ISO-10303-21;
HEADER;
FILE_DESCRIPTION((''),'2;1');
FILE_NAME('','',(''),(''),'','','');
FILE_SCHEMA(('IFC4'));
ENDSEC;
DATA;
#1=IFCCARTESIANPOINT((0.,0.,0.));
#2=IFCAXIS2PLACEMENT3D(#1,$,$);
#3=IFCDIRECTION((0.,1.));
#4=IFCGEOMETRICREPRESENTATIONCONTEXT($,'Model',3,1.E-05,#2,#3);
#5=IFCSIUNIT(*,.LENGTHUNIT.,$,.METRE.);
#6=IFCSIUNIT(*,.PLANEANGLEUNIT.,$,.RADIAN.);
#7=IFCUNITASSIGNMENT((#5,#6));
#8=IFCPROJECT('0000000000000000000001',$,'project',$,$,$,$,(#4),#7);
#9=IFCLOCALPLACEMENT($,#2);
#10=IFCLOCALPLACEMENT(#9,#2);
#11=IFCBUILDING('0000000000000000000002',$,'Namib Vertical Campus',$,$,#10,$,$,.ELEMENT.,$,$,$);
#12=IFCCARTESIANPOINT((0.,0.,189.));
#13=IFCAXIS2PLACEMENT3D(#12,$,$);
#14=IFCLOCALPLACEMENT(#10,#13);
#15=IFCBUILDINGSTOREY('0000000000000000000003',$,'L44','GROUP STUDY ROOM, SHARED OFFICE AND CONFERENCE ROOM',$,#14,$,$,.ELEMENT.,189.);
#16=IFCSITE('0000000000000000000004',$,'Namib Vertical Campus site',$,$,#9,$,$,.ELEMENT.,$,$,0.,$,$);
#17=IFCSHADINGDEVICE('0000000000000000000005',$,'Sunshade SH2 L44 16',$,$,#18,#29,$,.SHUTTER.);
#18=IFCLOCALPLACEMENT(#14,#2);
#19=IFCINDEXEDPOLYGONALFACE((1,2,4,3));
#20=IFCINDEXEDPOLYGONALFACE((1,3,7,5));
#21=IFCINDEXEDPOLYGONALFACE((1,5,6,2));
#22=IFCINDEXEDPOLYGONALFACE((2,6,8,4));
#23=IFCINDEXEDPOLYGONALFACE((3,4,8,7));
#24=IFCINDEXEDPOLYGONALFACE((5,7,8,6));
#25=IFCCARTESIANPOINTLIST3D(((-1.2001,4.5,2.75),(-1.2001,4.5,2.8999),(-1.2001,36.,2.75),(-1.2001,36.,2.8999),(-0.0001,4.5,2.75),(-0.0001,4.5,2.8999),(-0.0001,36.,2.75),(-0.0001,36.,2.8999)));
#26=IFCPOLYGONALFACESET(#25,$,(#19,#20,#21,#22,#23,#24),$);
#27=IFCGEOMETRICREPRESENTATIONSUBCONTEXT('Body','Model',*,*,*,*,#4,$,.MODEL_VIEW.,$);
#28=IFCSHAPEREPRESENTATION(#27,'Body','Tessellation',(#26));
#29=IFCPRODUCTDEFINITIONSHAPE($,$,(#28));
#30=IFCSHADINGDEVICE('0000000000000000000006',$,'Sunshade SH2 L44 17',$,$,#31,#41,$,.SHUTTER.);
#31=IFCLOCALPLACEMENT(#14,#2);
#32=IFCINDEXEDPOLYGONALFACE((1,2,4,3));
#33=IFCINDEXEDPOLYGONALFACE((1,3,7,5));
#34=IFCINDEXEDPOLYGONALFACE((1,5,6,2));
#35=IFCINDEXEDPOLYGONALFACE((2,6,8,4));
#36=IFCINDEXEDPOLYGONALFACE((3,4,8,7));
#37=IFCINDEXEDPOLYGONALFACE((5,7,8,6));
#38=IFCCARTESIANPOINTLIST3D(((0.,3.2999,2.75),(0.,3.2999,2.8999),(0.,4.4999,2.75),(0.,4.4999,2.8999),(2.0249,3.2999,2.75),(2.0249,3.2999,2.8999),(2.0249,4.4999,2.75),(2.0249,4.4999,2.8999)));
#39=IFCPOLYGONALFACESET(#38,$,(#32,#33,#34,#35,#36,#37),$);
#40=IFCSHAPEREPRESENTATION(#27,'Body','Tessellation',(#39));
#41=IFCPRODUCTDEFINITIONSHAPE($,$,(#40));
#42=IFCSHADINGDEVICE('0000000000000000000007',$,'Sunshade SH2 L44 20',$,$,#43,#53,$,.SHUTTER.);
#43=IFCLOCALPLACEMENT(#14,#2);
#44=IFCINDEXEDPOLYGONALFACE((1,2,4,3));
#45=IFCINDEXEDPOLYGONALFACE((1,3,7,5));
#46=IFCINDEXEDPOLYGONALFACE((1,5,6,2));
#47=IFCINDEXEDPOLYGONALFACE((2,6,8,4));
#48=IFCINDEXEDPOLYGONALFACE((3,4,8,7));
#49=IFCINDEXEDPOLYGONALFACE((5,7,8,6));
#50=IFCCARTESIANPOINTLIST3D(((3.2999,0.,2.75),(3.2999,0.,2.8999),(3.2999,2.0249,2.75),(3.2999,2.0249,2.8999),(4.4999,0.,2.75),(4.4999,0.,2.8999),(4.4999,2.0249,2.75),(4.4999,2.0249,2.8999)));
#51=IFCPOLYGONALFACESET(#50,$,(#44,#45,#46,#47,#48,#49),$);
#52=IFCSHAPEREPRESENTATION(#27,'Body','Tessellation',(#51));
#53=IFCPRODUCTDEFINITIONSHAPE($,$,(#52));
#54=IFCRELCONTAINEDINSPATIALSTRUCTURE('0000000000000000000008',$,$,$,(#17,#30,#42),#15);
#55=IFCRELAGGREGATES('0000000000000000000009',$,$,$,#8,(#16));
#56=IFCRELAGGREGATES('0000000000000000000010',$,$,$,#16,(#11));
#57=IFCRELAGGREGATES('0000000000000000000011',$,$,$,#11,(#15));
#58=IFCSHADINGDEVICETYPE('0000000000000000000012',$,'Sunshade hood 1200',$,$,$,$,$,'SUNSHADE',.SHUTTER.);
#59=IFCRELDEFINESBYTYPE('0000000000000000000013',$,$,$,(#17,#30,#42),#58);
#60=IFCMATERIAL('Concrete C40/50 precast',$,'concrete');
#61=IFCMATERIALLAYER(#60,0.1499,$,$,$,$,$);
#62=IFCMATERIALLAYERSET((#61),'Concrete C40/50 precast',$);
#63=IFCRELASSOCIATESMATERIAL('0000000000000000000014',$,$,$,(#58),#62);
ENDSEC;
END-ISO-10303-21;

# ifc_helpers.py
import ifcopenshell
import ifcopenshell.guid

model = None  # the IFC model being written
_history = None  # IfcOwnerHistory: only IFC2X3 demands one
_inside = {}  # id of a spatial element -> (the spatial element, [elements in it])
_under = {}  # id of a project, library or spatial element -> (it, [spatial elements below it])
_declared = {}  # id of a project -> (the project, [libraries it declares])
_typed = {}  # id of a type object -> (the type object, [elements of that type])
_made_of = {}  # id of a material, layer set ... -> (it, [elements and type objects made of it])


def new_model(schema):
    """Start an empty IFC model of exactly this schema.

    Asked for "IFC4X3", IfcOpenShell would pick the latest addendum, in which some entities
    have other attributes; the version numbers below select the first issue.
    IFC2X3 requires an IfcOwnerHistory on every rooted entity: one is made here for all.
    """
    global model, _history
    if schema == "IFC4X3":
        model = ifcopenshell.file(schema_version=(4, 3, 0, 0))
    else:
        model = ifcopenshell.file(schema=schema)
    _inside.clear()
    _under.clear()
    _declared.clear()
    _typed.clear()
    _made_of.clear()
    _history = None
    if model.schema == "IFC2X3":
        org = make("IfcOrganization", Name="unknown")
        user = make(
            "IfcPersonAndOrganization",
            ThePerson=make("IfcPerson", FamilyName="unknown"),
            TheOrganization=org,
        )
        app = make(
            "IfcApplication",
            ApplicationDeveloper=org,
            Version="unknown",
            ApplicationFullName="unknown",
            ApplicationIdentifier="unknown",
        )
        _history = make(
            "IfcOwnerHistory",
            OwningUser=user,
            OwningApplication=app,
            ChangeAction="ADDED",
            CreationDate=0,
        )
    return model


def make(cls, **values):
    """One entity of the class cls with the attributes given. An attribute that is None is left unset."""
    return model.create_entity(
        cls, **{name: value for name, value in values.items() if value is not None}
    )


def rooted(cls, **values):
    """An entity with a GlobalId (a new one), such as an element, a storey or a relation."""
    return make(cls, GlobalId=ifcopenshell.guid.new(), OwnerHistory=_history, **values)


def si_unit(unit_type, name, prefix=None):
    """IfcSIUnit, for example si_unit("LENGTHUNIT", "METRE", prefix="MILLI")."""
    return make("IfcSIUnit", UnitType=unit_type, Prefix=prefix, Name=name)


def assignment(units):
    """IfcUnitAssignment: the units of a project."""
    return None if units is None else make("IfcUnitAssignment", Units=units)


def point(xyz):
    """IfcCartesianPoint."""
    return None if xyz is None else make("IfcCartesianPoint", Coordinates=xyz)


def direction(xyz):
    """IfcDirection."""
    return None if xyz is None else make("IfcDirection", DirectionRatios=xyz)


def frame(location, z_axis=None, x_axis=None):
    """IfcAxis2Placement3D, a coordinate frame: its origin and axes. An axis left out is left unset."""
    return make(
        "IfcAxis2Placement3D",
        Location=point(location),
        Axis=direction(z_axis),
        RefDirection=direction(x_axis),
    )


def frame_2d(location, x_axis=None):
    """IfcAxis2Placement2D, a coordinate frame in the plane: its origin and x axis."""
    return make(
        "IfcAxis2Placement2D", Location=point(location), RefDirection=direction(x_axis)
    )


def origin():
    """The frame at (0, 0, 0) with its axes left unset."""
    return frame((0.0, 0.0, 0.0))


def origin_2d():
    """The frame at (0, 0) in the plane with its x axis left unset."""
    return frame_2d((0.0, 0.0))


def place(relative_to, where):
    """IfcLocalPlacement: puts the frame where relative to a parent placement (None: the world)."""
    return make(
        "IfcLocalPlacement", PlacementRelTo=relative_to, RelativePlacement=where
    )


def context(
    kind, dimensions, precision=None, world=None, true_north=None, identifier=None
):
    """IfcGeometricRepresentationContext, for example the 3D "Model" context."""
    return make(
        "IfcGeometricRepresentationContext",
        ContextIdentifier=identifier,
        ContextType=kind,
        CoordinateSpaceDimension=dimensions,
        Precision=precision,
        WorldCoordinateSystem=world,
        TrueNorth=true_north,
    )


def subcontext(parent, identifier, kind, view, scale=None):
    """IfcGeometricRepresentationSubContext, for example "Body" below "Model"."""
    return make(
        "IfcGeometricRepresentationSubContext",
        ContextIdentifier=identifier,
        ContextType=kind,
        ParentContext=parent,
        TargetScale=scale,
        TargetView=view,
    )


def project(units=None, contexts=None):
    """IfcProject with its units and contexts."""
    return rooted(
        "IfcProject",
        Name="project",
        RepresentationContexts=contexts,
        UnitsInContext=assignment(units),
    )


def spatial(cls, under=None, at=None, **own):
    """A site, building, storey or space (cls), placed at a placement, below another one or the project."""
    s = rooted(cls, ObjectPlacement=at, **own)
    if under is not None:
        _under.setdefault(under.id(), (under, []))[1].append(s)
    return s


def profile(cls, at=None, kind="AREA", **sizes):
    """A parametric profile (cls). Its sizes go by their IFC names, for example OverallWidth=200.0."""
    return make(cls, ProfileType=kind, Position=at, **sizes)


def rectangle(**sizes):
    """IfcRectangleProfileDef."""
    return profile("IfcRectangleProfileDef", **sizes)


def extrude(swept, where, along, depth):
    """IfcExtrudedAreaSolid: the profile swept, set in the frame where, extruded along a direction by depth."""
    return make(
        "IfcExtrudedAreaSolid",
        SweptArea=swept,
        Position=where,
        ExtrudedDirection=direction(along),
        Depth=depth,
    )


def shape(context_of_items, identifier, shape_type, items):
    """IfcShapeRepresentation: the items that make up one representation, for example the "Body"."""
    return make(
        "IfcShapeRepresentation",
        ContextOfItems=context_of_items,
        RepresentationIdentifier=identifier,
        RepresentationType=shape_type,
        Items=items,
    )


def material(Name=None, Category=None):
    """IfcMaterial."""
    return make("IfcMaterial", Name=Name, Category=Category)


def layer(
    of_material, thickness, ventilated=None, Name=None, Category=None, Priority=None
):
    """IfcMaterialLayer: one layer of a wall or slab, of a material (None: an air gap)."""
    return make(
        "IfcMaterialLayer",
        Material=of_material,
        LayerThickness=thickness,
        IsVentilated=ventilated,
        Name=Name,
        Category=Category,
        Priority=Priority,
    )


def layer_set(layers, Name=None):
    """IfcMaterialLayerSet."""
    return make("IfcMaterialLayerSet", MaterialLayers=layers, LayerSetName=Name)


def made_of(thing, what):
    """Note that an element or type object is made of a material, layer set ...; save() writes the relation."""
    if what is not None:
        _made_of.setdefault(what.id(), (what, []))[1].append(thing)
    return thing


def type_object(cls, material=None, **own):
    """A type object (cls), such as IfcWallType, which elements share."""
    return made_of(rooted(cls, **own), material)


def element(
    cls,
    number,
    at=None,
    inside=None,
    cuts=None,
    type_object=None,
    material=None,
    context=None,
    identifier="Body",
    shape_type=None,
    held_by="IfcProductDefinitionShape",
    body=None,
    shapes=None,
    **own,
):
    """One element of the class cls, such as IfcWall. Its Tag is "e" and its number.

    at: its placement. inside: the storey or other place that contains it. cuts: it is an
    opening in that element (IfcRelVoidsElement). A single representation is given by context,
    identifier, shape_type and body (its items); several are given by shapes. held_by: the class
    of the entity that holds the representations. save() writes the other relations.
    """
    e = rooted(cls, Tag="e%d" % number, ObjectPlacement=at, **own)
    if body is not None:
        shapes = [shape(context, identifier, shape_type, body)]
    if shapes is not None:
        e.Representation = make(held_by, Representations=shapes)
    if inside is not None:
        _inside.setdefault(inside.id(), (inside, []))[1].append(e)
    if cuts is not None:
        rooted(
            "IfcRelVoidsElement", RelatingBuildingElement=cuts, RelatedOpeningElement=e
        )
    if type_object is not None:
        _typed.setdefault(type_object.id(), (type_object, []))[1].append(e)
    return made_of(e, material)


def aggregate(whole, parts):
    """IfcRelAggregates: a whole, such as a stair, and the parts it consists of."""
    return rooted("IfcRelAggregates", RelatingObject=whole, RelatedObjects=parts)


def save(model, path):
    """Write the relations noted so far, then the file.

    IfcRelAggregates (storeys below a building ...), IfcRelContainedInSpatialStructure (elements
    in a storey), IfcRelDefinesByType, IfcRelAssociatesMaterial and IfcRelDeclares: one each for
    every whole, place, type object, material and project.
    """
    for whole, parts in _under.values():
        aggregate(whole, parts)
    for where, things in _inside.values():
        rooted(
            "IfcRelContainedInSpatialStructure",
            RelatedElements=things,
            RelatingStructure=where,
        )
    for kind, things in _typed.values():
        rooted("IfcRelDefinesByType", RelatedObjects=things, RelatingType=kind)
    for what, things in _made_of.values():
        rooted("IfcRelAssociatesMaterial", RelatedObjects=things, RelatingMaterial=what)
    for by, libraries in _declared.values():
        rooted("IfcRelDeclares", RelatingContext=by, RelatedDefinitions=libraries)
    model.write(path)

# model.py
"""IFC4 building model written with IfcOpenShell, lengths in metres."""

from ifc_helpers import new_model, si_unit, direction, frame, origin, origin_2d, place, context, subcontext, project, spatial, rectangle, extrude, material, layer, layer_set, type_object, element, save


model = new_model("IFC4")

# Units and contexts
model_context = context("Model", 3, precision=1e-05, world=origin(), true_north=direction((0.0, 1.0)))
body_context = subcontext(model_context, "Body", "Model", "MODEL_VIEW")
ifc_project = project(units=[si_unit("LENGTHUNIT", "METRE"), si_unit("PLANEANGLEUNIT", "RADIAN")], contexts=[model_context])

# Site, building, storey
site_placement = place(None, origin())
site = spatial("IfcSite", under=ifc_project, at=site_placement, Name="Namib Vertical Campus site", CompositionType="ELEMENT", RefElevation=0.0)
building_placement = place(site_placement, origin())
building = spatial("IfcBuilding", under=site, at=building_placement, Name="Namib Vertical Campus", CompositionType="ELEMENT")
storey_placement = place(building_placement, frame((0.0, 0.0, 189.0)))
storey = spatial("IfcBuildingStorey", under=building, at=storey_placement, Name="L44", Description="GROUP STUDY ROOM, SHARED OFFICE AND CONFERENCE ROOM", CompositionType="ELEMENT", Elevation=189.0)

# Shading devices
ifc_material_1 = material(Name="Concrete C40/50 precast", Category="concrete")
ifc_layer_1 = layer(ifc_material_1, 0.1499)
ifc_layer_set_1 = layer_set([ifc_layer_1], Name="Concrete C40/50 precast")
shading_device_type = type_object("IfcShadingDeviceType", Name="Sunshade hood 1200", ElementType="SUNSHADE", PredefinedType="SHUTTER", material=ifc_layer_set_1)
shading_device_placement = place(storey_placement, frame((-0.6001, 20.25, 2.75), z_axis=(0.0, 0.0, 1.0), x_axis=(0.0, -1.0, 0.0)))
element("IfcShadingDevice", 1, at=shading_device_placement, inside=storey, type_object=shading_device_type, Name="Sunshade SH2 L44 16", PredefinedType="SHUTTER", context=body_context, shape_type="SweptSolid", body=[
    extrude(rectangle(XDim=31.5, YDim=1.2, at=origin_2d()), origin(), (0.0, 0.0, 1.0), 0.1499),
])
for number, where, z_axis, x_axis, name in (
    (2, (1.0125, 3.8999, 2.75), (0.0, 0.0, 1.0), (1.0, 0.0, 0.0), "Sunshade SH2 L44 17"),
    (3, (3.8999, 1.0125, 2.75), (0.0, 0.0, 1.0), (0.0, -1.0, 0.0), "Sunshade SH2 L44 20"),
):
    element("IfcShadingDevice", number, at=place(storey_placement, frame(where, z_axis=z_axis, x_axis=x_axis)), inside=storey, type_object=shading_device_type, Name=name, PredefinedType="SHUTTER", context=body_context, shape_type="SweptSolid", body=[
        extrude(rectangle(XDim=2.0249, YDim=1.2, at=origin_2d()), origin(), (0.0, 0.0, 1.0), 0.1499),
    ])

save(model, "model.ifc")
